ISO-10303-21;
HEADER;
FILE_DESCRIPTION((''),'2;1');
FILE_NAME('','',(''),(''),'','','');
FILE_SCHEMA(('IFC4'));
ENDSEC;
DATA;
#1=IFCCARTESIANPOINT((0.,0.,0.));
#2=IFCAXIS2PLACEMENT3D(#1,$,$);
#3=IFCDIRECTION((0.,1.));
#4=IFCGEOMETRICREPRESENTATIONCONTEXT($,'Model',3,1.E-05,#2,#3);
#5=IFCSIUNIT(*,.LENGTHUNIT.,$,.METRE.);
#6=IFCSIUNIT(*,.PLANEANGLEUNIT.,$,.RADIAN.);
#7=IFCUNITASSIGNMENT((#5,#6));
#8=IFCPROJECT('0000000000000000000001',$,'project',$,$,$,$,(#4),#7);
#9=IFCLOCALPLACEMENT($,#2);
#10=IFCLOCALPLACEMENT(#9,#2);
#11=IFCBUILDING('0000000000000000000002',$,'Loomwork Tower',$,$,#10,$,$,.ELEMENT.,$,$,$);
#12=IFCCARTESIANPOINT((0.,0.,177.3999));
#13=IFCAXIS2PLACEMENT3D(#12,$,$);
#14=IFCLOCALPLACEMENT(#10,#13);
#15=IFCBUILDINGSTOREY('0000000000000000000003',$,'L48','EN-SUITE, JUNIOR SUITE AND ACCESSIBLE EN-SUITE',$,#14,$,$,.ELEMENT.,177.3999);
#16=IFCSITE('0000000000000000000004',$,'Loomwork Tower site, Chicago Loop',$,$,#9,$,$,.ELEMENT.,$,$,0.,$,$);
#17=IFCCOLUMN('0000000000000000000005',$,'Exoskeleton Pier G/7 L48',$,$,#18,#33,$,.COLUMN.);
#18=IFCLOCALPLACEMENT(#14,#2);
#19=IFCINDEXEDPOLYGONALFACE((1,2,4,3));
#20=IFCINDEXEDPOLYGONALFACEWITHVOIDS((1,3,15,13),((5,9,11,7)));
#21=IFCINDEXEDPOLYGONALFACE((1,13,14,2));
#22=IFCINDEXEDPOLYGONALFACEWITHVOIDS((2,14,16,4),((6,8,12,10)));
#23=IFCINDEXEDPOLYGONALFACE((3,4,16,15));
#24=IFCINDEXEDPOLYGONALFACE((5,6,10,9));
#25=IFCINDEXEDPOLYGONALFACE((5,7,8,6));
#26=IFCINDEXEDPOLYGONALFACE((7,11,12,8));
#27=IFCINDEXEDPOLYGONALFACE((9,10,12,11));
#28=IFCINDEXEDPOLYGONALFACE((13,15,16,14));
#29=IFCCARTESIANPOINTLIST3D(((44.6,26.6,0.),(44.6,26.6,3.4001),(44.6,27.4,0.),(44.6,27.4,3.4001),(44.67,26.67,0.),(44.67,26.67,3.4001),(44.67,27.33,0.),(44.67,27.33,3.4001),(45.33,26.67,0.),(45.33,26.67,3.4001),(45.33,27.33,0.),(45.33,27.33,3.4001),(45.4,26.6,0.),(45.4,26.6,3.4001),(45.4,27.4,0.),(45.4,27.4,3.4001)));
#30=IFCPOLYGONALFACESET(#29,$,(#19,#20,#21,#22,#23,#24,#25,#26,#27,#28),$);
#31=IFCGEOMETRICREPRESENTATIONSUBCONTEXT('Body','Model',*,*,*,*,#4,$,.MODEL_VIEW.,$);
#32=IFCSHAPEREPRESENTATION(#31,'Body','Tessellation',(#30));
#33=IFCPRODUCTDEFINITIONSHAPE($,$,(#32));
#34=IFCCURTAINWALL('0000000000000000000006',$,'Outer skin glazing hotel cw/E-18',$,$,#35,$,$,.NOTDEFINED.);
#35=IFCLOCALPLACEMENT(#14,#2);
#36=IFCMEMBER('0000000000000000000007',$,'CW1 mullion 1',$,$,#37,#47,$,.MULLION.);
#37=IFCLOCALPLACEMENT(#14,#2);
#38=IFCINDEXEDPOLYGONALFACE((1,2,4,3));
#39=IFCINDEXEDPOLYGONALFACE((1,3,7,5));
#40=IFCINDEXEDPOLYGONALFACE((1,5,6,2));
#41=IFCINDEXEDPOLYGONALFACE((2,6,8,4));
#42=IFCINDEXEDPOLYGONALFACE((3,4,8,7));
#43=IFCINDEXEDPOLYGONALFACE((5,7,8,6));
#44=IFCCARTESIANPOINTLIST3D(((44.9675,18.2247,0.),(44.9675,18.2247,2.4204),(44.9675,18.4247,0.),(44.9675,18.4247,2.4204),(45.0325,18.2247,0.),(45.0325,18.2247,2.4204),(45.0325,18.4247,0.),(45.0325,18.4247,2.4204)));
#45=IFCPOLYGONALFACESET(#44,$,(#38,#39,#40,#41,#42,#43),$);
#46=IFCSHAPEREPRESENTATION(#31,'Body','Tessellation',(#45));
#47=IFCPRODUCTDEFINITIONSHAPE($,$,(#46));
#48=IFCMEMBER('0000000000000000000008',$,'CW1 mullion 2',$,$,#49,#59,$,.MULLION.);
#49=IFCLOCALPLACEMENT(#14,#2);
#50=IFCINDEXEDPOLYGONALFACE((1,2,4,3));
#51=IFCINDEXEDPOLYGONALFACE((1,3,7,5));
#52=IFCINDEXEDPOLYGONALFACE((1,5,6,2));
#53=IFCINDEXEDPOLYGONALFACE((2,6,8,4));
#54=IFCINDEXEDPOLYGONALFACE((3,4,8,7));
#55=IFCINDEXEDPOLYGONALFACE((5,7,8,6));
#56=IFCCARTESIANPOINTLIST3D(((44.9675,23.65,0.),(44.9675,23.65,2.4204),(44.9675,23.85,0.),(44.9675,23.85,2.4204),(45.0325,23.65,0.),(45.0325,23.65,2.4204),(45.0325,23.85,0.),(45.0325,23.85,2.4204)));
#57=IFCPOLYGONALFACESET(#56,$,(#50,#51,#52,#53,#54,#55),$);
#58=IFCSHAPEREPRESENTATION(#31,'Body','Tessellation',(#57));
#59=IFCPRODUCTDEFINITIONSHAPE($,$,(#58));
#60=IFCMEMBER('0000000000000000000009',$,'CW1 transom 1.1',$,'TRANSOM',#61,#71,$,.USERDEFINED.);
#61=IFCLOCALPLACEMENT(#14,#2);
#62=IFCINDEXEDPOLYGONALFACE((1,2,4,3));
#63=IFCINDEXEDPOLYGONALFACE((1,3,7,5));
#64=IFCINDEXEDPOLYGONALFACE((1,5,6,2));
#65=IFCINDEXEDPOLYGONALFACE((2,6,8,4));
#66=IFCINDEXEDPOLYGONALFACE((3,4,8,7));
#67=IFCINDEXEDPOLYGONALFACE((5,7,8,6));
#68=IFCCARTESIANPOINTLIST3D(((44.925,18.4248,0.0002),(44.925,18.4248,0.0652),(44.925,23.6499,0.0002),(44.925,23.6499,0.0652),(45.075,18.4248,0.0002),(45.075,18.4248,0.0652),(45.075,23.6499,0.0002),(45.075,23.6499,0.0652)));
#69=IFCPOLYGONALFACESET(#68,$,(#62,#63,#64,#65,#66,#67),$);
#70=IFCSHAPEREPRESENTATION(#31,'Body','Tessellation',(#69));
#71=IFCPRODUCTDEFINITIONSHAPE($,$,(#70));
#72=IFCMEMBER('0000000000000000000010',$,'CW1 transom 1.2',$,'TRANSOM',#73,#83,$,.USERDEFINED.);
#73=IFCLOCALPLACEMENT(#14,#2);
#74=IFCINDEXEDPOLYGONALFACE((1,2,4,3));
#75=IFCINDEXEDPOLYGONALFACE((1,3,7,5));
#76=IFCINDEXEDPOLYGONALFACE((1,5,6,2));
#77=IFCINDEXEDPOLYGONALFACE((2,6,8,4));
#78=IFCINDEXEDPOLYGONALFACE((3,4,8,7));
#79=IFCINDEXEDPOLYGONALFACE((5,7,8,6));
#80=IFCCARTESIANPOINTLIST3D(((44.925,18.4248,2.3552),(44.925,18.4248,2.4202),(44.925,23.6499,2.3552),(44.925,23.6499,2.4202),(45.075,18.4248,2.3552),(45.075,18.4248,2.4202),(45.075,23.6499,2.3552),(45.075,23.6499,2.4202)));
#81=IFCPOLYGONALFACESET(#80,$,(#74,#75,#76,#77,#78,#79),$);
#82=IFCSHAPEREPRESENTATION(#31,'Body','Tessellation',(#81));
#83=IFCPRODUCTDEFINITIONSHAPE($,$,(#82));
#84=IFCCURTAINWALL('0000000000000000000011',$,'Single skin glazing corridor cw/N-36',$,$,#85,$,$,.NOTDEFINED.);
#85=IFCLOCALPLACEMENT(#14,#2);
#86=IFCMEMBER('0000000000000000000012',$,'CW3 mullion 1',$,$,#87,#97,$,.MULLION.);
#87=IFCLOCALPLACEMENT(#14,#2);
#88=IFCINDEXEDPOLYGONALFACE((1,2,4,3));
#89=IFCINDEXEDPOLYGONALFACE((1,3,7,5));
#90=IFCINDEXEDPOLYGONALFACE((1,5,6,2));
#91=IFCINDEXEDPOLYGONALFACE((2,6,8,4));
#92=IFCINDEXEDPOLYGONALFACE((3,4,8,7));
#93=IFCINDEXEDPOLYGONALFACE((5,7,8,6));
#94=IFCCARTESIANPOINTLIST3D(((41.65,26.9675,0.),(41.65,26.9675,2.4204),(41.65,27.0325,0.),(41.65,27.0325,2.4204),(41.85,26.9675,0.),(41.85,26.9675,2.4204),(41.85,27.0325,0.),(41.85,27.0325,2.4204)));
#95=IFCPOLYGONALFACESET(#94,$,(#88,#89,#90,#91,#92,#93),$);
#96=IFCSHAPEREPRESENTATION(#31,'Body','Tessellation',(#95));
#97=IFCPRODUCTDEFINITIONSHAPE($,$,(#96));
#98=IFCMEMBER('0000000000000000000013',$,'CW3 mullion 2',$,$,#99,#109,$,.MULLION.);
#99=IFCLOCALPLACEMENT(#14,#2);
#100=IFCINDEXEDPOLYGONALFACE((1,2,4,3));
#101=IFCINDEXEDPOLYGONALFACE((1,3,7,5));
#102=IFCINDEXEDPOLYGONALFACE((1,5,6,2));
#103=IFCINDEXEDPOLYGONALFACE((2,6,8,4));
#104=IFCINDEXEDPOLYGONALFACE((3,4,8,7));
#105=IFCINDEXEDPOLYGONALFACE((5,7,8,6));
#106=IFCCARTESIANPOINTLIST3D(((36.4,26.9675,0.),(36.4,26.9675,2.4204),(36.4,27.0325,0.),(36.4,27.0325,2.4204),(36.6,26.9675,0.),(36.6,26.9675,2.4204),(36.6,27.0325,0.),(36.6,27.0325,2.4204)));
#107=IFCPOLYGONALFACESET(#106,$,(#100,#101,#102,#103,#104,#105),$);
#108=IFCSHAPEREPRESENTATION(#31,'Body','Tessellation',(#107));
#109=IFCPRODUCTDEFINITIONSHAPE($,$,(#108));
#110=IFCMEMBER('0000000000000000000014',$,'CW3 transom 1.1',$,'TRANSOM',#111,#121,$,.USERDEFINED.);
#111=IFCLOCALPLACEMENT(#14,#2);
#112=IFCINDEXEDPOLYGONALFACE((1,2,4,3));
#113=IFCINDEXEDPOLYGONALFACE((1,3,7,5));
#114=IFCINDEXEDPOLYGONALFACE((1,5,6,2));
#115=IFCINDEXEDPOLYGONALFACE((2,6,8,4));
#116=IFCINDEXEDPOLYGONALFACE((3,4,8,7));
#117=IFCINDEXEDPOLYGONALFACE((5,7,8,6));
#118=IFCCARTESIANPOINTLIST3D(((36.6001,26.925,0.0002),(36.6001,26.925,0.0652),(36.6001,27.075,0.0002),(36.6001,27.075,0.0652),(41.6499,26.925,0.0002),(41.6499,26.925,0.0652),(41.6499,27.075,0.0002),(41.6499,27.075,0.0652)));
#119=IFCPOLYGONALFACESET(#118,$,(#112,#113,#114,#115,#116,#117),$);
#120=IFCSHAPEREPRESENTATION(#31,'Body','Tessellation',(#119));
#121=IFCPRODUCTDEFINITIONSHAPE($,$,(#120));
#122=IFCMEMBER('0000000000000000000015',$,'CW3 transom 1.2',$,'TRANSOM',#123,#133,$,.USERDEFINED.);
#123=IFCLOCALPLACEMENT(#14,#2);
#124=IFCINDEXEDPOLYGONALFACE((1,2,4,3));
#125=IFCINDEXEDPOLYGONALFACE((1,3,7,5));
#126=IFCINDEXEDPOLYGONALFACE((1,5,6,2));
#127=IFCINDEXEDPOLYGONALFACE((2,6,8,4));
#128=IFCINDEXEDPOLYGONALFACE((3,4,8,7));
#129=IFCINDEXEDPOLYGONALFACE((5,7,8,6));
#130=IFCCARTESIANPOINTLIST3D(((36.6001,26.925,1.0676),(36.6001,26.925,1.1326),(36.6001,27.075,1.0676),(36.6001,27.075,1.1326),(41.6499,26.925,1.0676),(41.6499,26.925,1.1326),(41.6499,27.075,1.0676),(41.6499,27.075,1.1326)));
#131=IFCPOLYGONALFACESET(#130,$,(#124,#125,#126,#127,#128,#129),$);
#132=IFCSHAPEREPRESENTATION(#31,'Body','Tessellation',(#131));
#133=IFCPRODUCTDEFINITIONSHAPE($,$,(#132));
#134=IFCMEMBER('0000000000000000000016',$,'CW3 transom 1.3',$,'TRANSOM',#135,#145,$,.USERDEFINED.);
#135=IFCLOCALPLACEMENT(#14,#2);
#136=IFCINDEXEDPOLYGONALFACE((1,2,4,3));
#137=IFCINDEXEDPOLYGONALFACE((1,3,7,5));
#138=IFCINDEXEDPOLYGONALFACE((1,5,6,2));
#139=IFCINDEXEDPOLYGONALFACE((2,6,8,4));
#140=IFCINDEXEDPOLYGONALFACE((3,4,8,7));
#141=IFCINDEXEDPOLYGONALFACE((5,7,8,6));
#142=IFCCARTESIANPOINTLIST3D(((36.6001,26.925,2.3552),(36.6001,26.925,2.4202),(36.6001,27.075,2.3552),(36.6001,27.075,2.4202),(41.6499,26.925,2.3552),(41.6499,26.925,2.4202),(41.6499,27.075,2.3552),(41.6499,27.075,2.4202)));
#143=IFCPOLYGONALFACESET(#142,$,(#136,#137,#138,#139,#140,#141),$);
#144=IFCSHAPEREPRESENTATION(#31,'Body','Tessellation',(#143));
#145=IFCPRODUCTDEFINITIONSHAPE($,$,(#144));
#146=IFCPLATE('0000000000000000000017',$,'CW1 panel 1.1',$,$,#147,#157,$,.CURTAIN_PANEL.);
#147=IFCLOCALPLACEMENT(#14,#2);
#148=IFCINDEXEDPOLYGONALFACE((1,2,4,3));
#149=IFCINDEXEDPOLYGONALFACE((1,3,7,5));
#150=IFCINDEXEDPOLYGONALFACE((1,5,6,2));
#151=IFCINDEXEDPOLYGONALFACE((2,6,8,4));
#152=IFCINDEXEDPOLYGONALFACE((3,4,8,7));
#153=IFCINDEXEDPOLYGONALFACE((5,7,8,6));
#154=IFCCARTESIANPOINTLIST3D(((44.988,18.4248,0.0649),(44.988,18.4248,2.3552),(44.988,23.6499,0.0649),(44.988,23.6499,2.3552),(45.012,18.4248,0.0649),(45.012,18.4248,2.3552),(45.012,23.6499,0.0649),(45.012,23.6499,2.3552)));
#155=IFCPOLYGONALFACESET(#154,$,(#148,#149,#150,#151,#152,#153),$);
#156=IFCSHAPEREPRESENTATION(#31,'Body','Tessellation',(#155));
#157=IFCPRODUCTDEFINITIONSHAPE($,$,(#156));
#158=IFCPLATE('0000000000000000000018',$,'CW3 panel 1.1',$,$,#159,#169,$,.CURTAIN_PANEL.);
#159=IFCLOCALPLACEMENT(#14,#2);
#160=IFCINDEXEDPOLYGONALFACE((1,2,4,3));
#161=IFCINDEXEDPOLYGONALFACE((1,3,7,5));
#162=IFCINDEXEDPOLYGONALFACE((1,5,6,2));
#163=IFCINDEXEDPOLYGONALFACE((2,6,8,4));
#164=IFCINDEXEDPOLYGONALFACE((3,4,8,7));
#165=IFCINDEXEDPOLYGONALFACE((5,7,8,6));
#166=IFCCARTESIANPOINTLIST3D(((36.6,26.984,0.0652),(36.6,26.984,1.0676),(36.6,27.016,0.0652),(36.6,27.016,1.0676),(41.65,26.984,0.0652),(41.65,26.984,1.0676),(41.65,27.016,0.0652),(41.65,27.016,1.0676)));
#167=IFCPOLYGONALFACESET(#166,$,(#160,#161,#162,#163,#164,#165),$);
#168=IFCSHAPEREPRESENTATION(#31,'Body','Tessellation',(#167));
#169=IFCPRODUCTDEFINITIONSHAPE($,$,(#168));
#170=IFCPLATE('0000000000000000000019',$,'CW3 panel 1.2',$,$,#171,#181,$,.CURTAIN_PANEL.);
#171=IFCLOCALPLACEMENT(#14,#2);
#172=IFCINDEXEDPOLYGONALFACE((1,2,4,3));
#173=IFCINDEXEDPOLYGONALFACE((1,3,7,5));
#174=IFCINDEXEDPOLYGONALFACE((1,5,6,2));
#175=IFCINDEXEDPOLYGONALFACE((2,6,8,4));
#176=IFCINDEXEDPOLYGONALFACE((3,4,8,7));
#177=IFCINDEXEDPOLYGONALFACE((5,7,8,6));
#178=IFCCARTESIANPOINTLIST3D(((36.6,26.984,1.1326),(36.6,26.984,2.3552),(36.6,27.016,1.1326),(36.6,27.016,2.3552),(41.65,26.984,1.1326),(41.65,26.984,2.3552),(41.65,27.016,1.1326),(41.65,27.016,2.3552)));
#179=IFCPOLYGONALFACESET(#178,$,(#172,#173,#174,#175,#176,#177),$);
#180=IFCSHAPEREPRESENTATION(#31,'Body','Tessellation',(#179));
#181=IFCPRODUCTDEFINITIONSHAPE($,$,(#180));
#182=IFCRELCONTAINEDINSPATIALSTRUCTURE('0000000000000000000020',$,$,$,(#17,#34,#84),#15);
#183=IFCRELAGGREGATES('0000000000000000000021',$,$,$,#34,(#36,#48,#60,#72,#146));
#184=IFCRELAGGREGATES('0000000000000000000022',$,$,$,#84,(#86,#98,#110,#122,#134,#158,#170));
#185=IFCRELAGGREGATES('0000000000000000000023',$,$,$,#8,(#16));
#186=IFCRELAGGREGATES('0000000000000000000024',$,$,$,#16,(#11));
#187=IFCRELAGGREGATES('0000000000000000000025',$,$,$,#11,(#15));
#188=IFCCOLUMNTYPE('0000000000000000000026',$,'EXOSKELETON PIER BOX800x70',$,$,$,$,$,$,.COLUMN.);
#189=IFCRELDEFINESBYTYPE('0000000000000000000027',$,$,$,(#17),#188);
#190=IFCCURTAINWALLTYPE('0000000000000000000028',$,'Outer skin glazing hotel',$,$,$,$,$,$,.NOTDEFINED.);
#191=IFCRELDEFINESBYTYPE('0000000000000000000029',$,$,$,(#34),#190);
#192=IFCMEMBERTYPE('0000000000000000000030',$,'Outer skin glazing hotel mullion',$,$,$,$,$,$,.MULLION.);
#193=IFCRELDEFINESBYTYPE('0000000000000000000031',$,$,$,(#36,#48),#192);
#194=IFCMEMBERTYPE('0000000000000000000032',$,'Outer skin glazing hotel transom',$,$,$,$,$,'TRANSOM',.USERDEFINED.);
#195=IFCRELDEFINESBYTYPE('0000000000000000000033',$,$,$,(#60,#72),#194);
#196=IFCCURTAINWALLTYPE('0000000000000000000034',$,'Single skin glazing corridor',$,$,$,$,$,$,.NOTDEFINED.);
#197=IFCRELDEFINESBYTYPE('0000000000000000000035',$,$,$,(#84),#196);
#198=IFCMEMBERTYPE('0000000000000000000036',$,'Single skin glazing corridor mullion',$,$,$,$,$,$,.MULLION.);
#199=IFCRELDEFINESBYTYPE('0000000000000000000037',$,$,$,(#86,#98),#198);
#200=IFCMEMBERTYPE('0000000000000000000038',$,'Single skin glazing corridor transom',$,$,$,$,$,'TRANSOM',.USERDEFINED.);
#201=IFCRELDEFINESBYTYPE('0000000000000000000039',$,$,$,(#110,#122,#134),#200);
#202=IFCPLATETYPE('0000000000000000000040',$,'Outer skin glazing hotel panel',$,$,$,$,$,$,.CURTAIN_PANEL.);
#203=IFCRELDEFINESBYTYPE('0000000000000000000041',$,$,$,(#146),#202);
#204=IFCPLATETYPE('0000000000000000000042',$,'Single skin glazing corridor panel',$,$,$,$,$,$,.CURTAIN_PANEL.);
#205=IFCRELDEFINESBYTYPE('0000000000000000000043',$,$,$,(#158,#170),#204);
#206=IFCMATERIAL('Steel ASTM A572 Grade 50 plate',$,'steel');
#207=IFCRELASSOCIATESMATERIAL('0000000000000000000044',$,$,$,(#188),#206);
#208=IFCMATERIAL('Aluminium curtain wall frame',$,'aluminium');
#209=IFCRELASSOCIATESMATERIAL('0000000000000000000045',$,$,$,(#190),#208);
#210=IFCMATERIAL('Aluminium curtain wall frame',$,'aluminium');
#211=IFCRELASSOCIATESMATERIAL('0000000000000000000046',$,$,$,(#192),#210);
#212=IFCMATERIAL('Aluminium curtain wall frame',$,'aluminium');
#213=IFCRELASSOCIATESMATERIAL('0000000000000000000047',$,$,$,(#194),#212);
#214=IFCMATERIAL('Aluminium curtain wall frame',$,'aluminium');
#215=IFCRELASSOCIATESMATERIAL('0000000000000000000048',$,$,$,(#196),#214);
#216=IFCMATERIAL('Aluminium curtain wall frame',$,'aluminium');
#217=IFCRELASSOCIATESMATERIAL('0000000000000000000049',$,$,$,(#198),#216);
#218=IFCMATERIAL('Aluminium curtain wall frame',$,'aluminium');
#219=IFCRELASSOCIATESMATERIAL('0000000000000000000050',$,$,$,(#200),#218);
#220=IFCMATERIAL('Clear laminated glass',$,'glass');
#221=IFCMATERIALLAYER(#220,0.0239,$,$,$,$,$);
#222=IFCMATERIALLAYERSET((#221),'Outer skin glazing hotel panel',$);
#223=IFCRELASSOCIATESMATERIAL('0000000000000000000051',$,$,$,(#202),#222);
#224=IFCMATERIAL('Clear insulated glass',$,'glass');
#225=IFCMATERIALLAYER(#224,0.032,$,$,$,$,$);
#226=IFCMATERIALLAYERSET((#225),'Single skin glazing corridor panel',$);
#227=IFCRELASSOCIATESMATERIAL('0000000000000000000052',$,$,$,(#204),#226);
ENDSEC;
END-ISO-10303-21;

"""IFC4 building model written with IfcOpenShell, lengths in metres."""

from ifc_helpers import new_model, si_unit, direction, frame, origin, origin_2d, place, context, subcontext, project, spatial, rectangle, hollow_rectangle, extrude, material, layer, layer_set, material_profile, profile_set, type_object, element, aggregate, save


model = new_model("IFC4")

# Units and contexts
model_context = context("Model", 3, precision=1e-05, world=origin(), true_north=direction((0.0, 1.0)))
body_context = subcontext(model_context, "Body", "Model", "MODEL_VIEW")
ifc_project = project(units=[si_unit("LENGTHUNIT", "METRE"), si_unit("PLANEANGLEUNIT", "RADIAN")], contexts=[model_context])

# Site, building, storey
site_placement = place(None, origin())
site = spatial("IfcSite", under=ifc_project, at=site_placement, Name="Loomwork Tower site, Chicago Loop", CompositionType="ELEMENT", RefElevation=0.0)
building_placement = place(site_placement, origin())
building = spatial("IfcBuilding", under=site, at=building_placement, Name="Loomwork Tower", CompositionType="ELEMENT")
storey_placement = place(building_placement, frame((0.0, 0.0, 177.3999)))
storey = spatial("IfcBuildingStorey", under=building, at=storey_placement, Name="L48", Description="EN-SUITE, JUNIOR SUITE AND ACCESSIBLE EN-SUITE", CompositionType="ELEMENT", Elevation=177.3999)

# Column
ifc_material_1 = material(Name="Steel ASTM A572 Grade 50 plate", Category="steel")
ifc_material_profile_1 = material_profile(ifc_material_1, hollow_rectangle(XDim=0.8, YDim=0.8, WallThickness=0.0701, at=origin_2d()), Name="BOX800x70")
ifc_profile_set_1 = profile_set([ifc_material_profile_1], Name="Steel ASTM A572 Grade 50 plate")
column_type = type_object("IfcColumnType", Name="EXOSKELETON PIER BOX800x70", PredefinedType="COLUMN", material=ifc_profile_set_1)
column_placement = place(storey_placement, frame((45.0, 27.0, 0.0), z_axis=(0.0, 0.0, 1.0), x_axis=(0.0, 1.0, 0.0)))
element("IfcColumn", 1, at=column_placement, inside=storey, type_object=column_type, Name="Exoskeleton Pier G/7 L48", PredefinedType="COLUMN", context=body_context, shape_type="SweptSolid", body=[
    extrude(hollow_rectangle(XDim=0.8, YDim=0.8, WallThickness=0.0701, at=origin_2d()), origin(), (0.0, 0.0, 1.0), 3.4001),
])

# Curtain walls, members
ifc_material_2 = material(Name="Aluminium curtain wall frame", Category="aluminium")
curtain_wall_type_1 = type_object("IfcCurtainWallType", Name="Outer skin glazing hotel", PredefinedType="NOTDEFINED", material=ifc_material_2)
curtain_wall_1_placement = place(storey_placement, origin())
curtain_wall_1 = element("IfcCurtainWall", 2, at=curtain_wall_1_placement, inside=storey, type_object=curtain_wall_type_1, Name="Outer skin glazing hotel cw/E-18", PredefinedType="NOTDEFINED")
ifc_material_3 = material(Name="Aluminium curtain wall frame", Category="aluminium")
ifc_material_profile_2 = material_profile(ifc_material_3, rectangle(XDim=0.0649, YDim=0.2, at=origin_2d()), Name="AL 65x200")
ifc_profile_set_2 = profile_set([ifc_material_profile_2], Name="Aluminium curtain wall frame")
member_type_1 = type_object("IfcMemberType", Name="Outer skin glazing hotel mullion", PredefinedType="MULLION", material=ifc_profile_set_2)
member_1_placement = place(storey_placement, frame((45.0, 18.3247, 0.0), z_axis=(0.0, 0.0, 1.0), x_axis=(-1.0, 0.0, 0.0)))
member_1 = element("IfcMember", 3, at=member_1_placement, type_object=member_type_1, Name="CW1 mullion 1", PredefinedType="MULLION", context=body_context, shape_type="SweptSolid", body=[
    extrude(rectangle(XDim=0.0649, YDim=0.2, at=origin_2d()), origin(), (0.0, 0.0, 1.0), 2.4204),
])
member_2_placement = place(storey_placement, frame((45.0, 23.75, 0.0), z_axis=(0.0, 0.0, 1.0), x_axis=(-1.0, 0.0, 0.0)))
member_2 = element("IfcMember", 4, at=member_2_placement, type_object=member_type_1, Name="CW1 mullion 2", PredefinedType="MULLION", context=body_context, shape_type="SweptSolid", body=[
    extrude(rectangle(XDim=0.0649, YDim=0.2, at=origin_2d()), origin(), (0.0, 0.0, 1.0), 2.4204),
])
ifc_material_4 = material(Name="Aluminium curtain wall frame", Category="aluminium")
ifc_material_profile_3 = material_profile(ifc_material_4, rectangle(XDim=0.1499, YDim=0.0649, at=origin_2d()), Name="AL 65x150")
ifc_profile_set_3 = profile_set([ifc_material_profile_3], Name="Aluminium curtain wall frame")
member_type_2 = type_object("IfcMemberType", Name="Outer skin glazing hotel transom", ElementType="TRANSOM", PredefinedType="USERDEFINED", material=ifc_profile_set_3)
member_3_placement = place(storey_placement, frame((45.0, 18.4248, 0.0327), z_axis=(0.0, 1.0, 0.0), x_axis=(-1.0, 0.0, 0.0)))
member_3 = element("IfcMember", 5, at=member_3_placement, type_object=member_type_2, Name="CW1 transom 1.1", ObjectType="TRANSOM", PredefinedType="USERDEFINED", context=body_context, shape_type="SweptSolid", body=[
    extrude(rectangle(XDim=0.1499, YDim=0.0649, at=origin_2d()), origin(), (0.0, 0.0, 1.0), 5.2251),
])
member_4_placement = place(storey_placement, frame((45.0, 18.4248, 2.3877), z_axis=(0.0, 1.0, 0.0), x_axis=(-1.0, 0.0, 0.0)))
member_4 = element("IfcMember", 6, at=member_4_placement, type_object=member_type_2, Name="CW1 transom 1.2", ObjectType="TRANSOM", PredefinedType="USERDEFINED", context=body_context, shape_type="SweptSolid", body=[
    extrude(rectangle(XDim=0.1499, YDim=0.0649, at=origin_2d()), origin(), (0.0, 0.0, 1.0), 5.2251),
])
ifc_material_5 = material(Name="Aluminium curtain wall frame", Category="aluminium")
curtain_wall_type_2 = type_object("IfcCurtainWallType", Name="Single skin glazing corridor", PredefinedType="NOTDEFINED", material=ifc_material_5)
curtain_wall_2_placement = place(storey_placement, origin())
curtain_wall_2 = element("IfcCurtainWall", 7, at=curtain_wall_2_placement, inside=storey, type_object=curtain_wall_type_2, Name="Single skin glazing corridor cw/N-36", PredefinedType="NOTDEFINED")
ifc_material_6 = material(Name="Aluminium curtain wall frame", Category="aluminium")
ifc_material_profile_4 = material_profile(ifc_material_6, rectangle(XDim=0.0649, YDim=0.2, at=origin_2d()), Name="AL 65x200")
ifc_profile_set_4 = profile_set([ifc_material_profile_4], Name="Aluminium curtain wall frame")
member_type_3 = type_object("IfcMemberType", Name="Single skin glazing corridor mullion", PredefinedType="MULLION", material=ifc_profile_set_4)
member_5_placement = place(storey_placement, frame((41.75, 27.0, 0.0), z_axis=(0.0, 0.0, 1.0), x_axis=(0.0, -1.0, 0.0)))
member_5 = element("IfcMember", 8, at=member_5_placement, type_object=member_type_3, Name="CW3 mullion 1", PredefinedType="MULLION", context=body_context, shape_type="SweptSolid", body=[
    extrude(rectangle(XDim=0.0649, YDim=0.2, at=origin_2d()), origin(), (0.0, 0.0, 1.0), 2.4204),
])
member_6_placement = place(storey_placement, frame((36.5, 27.0, 0.0), z_axis=(0.0, 0.0, 1.0), x_axis=(0.0, -1.0, 0.0)))
member_6 = element("IfcMember", 9, at=member_6_placement, type_object=member_type_3, Name="CW3 mullion 2", PredefinedType="MULLION", context=body_context, shape_type="SweptSolid", body=[
    extrude(rectangle(XDim=0.0649, YDim=0.2, at=origin_2d()), origin(), (0.0, 0.0, 1.0), 2.4204),
])
ifc_material_7 = material(Name="Aluminium curtain wall frame", Category="aluminium")
ifc_material_profile_5 = material_profile(ifc_material_7, rectangle(XDim=0.1499, YDim=0.0649, at=origin_2d()), Name="AL 65x150")
ifc_profile_set_5 = profile_set([ifc_material_profile_5], Name="Aluminium curtain wall frame")
member_type_4 = type_object("IfcMemberType", Name="Single skin glazing corridor transom", ElementType="TRANSOM", PredefinedType="USERDEFINED", material=ifc_profile_set_5)
member_7_placement = place(storey_placement, frame((41.6499, 27.0, 0.0327), z_axis=(-1.0, 0.0, 0.0), x_axis=(0.0, -1.0, 0.0)))
member_7 = element("IfcMember", 10, at=member_7_placement, type_object=member_type_4, Name="CW3 transom 1.1", ObjectType="TRANSOM", PredefinedType="USERDEFINED", context=body_context, shape_type="SweptSolid", body=[
    extrude(rectangle(XDim=0.1499, YDim=0.0649, at=origin_2d()), origin(), (0.0, 0.0, 1.0), 5.0498),
])
member_8_placement = place(storey_placement, frame((41.6499, 27.0, 1.1001), z_axis=(-1.0, 0.0, 0.0), x_axis=(0.0, -1.0, 0.0)))
member_8 = element("IfcMember", 11, at=member_8_placement, type_object=member_type_4, Name="CW3 transom 1.2", ObjectType="TRANSOM", PredefinedType="USERDEFINED", context=body_context, shape_type="SweptSolid", body=[
    extrude(rectangle(XDim=0.1499, YDim=0.0649, at=origin_2d()), origin(), (0.0, 0.0, 1.0), 5.0498),
])
member_9_placement = place(storey_placement, frame((41.6499, 27.0, 2.3877), z_axis=(-1.0, 0.0, 0.0), x_axis=(0.0, -1.0, 0.0)))
member_9 = element("IfcMember", 12, at=member_9_placement, type_object=member_type_4, Name="CW3 transom 1.3", ObjectType="TRANSOM", PredefinedType="USERDEFINED", context=body_context, shape_type="SweptSolid", body=[
    extrude(rectangle(XDim=0.1499, YDim=0.0649, at=origin_2d()), origin(), (0.0, 0.0, 1.0), 5.0498),
])

# Plates
ifc_material_8 = material(Name="Clear laminated glass", Category="glass")
ifc_layer_1 = layer(ifc_material_8, 0.0239)
ifc_layer_set_1 = layer_set([ifc_layer_1], Name="Outer skin glazing hotel panel")
plate_type_1 = type_object("IfcPlateType", Name="Outer skin glazing hotel panel", PredefinedType="CURTAIN_PANEL", material=ifc_layer_set_1)
plate_1_placement = place(storey_placement, frame((45.0, 21.0374, 0.0649), z_axis=(0.0, 0.0, 1.0), x_axis=(0.0, 1.0, 0.0)))
plate_1 = element("IfcPlate", 13, at=plate_1_placement, type_object=plate_type_1, Name="CW1 panel 1.1", PredefinedType="CURTAIN_PANEL", context=body_context, shape_type="SweptSolid", body=[
    extrude(rectangle(XDim=5.2251, YDim=0.0239, at=origin_2d()), origin(), (0.0, 0.0, 1.0), 2.2903),
])
aggregate(curtain_wall_1, [member_1, member_2, member_3, member_4, plate_1])
ifc_material_9 = material(Name="Clear insulated glass", Category="glass")
ifc_layer_2 = layer(ifc_material_9, 0.032)
ifc_layer_set_2 = layer_set([ifc_layer_2], Name="Single skin glazing corridor panel")
plate_type_2 = type_object("IfcPlateType", Name="Single skin glazing corridor panel", PredefinedType="CURTAIN_PANEL", material=ifc_layer_set_2)
plate_2_placement = place(storey_placement, frame((39.125, 27.0, 0.0652), z_axis=(0.0, 0.0, 1.0), x_axis=(-1.0, 0.0, 0.0)))
plate_2 = element("IfcPlate", 14, at=plate_2_placement, type_object=plate_type_2, Name="CW3 panel 1.1", PredefinedType="CURTAIN_PANEL", context=body_context, shape_type="SweptSolid", body=[
    extrude(rectangle(XDim=5.05, YDim=0.032, at=origin_2d()), origin(), (0.0, 0.0, 1.0), 1.0024),
])
plate_3_placement = place(storey_placement, frame((39.125, 27.0, 1.1326), z_axis=(0.0, 0.0, 1.0), x_axis=(-1.0, 0.0, 0.0)))
plate_3 = element("IfcPlate", 15, at=plate_3_placement, type_object=plate_type_2, Name="CW3 panel 1.2", PredefinedType="CURTAIN_PANEL", context=body_context, shape_type="SweptSolid", body=[
    extrude(rectangle(XDim=5.05, YDim=0.032, at=origin_2d()), origin(), (0.0, 0.0, 1.0), 1.2227),
])
aggregate(curtain_wall_2, [member_5, member_6, member_7, member_8, member_9, plate_2, plate_3])

save(model, "model.ifc")
